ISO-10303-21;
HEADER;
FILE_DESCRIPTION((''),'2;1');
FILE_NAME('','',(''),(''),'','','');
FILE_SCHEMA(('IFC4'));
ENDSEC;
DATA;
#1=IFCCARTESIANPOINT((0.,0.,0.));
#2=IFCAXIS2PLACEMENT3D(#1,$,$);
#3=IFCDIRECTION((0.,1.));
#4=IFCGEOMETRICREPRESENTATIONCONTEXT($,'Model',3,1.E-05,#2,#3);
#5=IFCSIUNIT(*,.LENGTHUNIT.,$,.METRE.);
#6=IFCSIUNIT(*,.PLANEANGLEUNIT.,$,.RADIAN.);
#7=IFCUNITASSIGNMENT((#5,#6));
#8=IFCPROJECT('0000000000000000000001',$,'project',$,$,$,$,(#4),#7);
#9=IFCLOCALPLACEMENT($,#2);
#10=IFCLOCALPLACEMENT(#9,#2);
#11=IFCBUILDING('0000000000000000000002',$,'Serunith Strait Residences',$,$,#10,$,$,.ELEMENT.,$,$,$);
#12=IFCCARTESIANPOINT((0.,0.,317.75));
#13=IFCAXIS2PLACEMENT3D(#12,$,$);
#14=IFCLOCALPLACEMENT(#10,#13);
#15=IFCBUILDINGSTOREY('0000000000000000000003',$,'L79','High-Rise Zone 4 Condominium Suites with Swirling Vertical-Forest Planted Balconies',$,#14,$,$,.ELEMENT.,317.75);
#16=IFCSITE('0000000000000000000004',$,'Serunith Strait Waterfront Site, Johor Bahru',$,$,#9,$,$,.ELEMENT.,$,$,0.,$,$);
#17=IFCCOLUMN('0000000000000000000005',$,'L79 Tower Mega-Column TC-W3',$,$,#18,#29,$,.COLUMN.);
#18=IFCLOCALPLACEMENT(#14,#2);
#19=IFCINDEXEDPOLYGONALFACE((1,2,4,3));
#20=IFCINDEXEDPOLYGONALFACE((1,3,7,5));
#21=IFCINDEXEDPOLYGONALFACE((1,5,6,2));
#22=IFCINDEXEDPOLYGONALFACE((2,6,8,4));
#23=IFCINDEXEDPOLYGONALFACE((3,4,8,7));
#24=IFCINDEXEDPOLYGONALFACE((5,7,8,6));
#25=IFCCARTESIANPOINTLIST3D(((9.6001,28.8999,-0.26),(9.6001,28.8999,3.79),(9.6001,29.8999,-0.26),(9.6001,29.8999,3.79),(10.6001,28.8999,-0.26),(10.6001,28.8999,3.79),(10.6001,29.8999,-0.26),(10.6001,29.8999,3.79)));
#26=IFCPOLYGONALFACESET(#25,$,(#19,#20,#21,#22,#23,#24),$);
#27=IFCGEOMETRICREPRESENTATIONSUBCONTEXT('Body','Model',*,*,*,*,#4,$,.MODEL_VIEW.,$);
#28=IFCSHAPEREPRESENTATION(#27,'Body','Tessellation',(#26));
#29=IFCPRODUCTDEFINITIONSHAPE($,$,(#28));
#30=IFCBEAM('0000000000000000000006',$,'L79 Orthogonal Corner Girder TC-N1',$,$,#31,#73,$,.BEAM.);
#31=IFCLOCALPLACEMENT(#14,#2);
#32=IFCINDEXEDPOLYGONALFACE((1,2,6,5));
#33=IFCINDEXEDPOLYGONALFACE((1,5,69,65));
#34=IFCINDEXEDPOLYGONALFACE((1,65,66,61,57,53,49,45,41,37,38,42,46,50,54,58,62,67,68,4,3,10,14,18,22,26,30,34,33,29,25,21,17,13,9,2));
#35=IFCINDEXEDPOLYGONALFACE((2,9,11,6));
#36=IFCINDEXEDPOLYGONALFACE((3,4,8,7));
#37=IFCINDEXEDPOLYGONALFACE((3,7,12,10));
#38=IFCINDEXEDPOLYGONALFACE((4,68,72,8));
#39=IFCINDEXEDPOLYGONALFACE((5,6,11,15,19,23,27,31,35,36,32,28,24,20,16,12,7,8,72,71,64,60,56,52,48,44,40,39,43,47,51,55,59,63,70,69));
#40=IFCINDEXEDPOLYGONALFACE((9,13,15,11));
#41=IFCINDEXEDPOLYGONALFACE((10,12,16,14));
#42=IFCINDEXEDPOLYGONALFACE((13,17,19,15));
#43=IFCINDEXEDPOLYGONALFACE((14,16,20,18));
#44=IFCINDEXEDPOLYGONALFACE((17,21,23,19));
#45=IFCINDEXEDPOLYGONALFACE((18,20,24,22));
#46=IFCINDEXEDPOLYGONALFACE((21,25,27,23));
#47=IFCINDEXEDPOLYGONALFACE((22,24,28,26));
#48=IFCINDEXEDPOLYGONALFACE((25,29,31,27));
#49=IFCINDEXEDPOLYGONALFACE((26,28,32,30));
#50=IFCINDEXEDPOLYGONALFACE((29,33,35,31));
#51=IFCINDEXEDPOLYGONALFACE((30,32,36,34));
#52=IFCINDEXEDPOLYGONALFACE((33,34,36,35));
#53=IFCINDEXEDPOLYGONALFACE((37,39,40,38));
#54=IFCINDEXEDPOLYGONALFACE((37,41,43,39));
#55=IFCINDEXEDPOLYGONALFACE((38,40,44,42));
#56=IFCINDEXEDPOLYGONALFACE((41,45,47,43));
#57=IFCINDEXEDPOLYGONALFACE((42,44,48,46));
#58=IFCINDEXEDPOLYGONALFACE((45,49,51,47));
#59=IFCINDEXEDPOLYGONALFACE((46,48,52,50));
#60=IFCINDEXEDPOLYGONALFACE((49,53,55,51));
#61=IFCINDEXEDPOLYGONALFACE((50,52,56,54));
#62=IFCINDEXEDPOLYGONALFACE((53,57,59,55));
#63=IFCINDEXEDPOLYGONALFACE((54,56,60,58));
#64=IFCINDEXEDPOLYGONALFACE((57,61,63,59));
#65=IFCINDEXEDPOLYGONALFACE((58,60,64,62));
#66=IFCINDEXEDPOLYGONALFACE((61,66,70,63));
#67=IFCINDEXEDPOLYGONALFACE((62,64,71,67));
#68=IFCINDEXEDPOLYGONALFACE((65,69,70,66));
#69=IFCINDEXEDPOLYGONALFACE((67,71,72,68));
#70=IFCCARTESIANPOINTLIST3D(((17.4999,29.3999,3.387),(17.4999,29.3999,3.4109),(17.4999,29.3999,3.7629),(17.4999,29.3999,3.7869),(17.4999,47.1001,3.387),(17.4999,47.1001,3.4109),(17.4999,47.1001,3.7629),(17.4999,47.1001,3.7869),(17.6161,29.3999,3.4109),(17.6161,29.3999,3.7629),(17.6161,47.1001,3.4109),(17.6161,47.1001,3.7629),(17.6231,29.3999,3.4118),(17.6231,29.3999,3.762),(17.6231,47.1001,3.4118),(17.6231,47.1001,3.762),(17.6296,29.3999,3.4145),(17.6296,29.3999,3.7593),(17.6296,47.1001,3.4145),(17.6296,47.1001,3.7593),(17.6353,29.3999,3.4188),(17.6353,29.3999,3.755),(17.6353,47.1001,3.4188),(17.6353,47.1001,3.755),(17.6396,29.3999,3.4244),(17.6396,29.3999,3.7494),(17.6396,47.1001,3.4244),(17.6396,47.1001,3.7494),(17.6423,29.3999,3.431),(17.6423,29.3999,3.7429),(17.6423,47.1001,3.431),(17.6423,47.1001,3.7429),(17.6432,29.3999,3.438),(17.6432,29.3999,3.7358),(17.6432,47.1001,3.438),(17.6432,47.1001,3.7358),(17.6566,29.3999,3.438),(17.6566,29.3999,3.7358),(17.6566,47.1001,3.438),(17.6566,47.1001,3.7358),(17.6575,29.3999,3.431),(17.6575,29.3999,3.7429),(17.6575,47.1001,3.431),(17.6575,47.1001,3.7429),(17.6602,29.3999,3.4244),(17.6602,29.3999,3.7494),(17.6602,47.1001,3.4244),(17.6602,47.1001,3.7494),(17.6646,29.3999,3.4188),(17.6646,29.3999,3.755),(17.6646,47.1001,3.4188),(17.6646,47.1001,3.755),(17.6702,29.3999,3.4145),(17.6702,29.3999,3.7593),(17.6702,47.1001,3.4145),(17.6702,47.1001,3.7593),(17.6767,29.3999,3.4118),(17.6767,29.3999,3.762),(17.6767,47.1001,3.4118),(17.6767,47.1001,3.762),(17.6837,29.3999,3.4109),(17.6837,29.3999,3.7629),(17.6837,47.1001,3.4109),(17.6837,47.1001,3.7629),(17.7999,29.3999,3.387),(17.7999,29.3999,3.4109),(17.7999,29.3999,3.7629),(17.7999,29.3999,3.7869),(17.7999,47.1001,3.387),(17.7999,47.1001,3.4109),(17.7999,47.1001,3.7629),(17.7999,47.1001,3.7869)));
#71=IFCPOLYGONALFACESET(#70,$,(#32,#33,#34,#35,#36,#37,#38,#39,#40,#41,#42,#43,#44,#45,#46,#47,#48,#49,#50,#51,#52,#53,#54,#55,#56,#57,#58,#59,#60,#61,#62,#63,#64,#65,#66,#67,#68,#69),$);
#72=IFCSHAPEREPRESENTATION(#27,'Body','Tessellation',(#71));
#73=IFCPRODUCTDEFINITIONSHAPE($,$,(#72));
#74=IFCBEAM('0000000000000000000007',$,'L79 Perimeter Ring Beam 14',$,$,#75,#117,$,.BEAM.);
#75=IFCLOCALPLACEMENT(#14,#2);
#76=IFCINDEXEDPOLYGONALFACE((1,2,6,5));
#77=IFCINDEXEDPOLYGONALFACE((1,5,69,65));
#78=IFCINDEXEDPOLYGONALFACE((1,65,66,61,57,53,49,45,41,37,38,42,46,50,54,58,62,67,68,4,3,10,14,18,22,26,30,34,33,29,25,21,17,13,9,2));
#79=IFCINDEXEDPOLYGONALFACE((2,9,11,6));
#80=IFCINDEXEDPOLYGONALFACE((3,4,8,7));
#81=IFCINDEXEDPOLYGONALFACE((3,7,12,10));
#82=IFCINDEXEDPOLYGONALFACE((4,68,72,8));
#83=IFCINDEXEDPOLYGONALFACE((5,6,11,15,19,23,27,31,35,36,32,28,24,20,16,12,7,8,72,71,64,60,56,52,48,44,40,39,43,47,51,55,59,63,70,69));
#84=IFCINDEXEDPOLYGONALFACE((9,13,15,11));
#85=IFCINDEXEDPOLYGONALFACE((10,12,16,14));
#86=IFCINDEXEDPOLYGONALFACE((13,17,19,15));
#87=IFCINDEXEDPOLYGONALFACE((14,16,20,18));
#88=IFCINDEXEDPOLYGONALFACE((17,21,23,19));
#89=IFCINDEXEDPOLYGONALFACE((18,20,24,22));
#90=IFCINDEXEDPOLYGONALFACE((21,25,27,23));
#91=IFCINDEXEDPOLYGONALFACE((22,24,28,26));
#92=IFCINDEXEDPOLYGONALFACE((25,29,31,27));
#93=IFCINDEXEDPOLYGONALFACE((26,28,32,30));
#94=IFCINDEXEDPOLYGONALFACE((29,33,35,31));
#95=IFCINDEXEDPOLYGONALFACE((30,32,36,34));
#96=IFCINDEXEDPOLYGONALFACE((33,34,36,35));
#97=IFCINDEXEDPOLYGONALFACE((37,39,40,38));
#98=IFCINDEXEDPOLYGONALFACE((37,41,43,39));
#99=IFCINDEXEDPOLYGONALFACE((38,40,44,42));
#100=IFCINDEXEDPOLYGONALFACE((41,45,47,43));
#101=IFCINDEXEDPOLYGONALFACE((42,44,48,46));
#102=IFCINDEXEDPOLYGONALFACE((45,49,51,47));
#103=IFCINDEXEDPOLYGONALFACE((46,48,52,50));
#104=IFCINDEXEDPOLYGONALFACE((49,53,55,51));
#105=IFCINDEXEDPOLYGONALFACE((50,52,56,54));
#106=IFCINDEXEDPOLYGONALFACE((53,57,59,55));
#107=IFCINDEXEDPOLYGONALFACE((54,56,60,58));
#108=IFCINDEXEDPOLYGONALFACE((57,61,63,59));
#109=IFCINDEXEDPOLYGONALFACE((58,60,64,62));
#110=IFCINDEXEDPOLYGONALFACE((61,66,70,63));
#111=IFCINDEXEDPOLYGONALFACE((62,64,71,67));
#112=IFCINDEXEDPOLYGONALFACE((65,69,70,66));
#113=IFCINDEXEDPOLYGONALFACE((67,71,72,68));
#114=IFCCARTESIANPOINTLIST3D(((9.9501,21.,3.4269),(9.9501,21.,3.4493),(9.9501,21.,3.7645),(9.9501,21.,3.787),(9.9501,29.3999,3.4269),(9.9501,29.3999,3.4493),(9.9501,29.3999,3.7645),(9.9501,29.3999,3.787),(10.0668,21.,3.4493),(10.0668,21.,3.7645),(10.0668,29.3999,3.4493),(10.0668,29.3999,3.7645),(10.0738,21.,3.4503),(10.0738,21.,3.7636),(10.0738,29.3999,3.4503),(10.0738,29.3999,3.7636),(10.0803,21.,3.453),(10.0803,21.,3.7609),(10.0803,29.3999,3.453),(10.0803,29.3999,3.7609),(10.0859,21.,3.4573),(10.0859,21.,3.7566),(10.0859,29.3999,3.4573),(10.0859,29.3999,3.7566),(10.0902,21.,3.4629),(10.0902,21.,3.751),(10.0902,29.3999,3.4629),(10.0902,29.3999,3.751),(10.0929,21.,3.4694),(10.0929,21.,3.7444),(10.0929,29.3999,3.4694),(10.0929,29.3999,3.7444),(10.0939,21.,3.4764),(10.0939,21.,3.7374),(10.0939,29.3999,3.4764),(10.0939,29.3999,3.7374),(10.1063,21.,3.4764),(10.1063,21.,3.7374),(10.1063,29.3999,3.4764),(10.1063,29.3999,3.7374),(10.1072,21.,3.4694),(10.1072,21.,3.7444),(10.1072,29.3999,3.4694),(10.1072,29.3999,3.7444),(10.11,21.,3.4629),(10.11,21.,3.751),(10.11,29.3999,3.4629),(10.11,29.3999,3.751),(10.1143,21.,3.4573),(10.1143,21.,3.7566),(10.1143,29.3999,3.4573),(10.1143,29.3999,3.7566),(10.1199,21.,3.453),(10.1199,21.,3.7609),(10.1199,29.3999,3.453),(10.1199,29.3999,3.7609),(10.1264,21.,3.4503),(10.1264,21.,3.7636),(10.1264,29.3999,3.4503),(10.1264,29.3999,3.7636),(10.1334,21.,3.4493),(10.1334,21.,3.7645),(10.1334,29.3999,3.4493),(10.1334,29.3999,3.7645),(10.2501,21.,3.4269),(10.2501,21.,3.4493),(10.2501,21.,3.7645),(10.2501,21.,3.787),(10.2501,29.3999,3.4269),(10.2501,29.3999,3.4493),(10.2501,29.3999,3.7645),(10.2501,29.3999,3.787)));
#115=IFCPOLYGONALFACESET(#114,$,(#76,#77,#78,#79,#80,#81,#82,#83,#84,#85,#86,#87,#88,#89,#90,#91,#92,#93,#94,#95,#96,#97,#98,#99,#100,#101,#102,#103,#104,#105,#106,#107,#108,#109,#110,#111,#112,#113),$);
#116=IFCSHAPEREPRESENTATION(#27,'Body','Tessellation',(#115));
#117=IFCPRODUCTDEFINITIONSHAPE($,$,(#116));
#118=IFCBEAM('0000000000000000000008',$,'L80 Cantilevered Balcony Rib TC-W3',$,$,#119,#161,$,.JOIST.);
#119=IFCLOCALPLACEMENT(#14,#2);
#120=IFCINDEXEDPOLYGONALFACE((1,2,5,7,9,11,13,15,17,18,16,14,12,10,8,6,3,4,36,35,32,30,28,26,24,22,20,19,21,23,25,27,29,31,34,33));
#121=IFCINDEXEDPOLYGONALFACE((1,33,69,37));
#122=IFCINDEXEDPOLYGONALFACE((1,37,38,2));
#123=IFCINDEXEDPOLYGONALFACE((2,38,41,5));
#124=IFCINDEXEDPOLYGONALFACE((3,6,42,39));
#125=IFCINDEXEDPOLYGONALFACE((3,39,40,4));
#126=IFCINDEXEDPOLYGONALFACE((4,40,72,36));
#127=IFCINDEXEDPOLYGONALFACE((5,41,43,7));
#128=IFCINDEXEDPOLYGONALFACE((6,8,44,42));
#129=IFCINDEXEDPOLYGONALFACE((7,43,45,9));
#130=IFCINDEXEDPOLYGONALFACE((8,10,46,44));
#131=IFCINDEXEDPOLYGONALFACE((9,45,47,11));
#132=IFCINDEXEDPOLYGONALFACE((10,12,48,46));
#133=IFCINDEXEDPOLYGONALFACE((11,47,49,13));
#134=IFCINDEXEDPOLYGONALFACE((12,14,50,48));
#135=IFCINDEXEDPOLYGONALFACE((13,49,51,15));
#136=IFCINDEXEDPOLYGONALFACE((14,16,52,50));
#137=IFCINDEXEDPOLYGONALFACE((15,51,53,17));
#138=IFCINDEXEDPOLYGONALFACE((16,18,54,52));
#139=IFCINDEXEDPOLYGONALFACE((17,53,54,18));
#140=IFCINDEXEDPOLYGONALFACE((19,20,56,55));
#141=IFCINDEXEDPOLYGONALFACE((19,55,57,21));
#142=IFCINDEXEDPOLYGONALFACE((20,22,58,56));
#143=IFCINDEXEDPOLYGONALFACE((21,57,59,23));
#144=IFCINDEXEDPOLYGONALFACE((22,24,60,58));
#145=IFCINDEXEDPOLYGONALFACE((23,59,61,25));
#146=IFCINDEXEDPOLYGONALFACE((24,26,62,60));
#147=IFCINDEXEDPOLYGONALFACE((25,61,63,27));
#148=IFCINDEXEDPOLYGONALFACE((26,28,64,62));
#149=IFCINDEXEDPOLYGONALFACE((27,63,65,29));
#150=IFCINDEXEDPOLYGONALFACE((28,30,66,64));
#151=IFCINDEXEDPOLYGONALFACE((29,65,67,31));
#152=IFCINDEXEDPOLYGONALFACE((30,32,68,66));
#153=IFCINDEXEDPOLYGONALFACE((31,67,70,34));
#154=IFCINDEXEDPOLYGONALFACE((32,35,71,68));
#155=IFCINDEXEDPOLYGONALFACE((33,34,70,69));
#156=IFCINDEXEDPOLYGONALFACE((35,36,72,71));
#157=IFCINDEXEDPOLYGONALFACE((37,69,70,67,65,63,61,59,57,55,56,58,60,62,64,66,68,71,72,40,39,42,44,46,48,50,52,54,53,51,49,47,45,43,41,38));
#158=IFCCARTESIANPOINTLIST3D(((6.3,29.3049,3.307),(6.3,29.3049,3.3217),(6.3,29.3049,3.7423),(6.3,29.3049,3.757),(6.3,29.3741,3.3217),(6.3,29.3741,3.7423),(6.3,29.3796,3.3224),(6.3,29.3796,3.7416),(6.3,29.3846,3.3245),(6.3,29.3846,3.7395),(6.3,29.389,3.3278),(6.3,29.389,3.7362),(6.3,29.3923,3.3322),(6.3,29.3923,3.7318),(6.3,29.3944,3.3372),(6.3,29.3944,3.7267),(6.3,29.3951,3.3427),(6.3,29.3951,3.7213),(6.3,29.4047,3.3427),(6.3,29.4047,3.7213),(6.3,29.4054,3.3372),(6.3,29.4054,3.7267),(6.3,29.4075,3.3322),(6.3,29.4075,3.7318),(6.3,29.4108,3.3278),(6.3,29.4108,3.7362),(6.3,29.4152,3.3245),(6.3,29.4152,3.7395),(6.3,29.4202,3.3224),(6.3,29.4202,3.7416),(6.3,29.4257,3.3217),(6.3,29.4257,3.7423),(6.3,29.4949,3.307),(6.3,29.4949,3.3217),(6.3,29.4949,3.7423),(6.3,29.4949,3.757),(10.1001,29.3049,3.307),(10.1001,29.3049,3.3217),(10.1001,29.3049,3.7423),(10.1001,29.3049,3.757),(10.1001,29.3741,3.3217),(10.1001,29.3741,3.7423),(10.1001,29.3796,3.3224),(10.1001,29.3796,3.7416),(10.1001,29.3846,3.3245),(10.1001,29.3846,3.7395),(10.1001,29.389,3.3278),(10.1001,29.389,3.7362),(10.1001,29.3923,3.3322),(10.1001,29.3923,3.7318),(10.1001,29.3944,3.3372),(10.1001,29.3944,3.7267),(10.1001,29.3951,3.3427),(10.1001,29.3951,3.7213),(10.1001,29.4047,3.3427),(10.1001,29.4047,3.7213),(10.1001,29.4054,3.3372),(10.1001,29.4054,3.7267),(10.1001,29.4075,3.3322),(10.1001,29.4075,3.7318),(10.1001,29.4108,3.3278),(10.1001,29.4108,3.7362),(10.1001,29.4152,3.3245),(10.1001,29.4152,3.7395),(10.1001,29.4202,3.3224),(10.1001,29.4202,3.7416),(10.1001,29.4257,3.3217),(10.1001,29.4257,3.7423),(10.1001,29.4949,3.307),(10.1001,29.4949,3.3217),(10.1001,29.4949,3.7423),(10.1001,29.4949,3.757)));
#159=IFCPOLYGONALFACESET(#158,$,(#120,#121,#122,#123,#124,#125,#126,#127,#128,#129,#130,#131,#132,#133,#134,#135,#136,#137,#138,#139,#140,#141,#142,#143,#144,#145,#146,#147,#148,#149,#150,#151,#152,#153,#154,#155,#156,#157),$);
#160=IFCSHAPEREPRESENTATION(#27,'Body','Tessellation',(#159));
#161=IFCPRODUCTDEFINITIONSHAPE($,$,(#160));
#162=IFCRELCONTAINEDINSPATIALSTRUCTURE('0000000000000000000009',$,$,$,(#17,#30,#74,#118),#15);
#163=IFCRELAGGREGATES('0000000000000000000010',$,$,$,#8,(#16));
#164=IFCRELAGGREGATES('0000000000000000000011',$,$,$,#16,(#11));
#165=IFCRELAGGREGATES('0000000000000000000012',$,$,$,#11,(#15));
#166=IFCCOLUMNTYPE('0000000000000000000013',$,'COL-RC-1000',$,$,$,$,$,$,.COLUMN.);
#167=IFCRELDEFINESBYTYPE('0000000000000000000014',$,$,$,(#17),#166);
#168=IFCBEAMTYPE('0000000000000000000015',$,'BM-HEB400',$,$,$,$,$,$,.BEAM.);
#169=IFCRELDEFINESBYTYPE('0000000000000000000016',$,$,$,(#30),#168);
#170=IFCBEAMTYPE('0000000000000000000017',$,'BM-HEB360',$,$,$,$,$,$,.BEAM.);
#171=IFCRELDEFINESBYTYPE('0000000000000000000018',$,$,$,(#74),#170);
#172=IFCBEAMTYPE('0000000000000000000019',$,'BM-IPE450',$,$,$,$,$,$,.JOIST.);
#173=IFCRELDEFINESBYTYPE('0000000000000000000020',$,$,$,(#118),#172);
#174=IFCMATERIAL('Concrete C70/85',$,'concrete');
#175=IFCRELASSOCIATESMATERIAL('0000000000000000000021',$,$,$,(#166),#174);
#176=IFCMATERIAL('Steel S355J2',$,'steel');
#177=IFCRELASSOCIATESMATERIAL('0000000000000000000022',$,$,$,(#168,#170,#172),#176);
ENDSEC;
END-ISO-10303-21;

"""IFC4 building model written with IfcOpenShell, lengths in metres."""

from ifc_helpers import new_model, si_unit, direction, frame, origin, origin_2d, place, context, subcontext, project, spatial, rectangle, i_section, extrude, source, transform, mapped, material, material_profile, profile_set, type_object, element, save


model = new_model("IFC4")

# Units and contexts
model_context = context("Model", 3, precision=1e-05, world=origin(), true_north=direction((0.0, 1.0)))
body_context = subcontext(model_context, "Body", "Model", "MODEL_VIEW")
ifc_project = project(units=[si_unit("LENGTHUNIT", "METRE"), si_unit("PLANEANGLEUNIT", "RADIAN")], contexts=[model_context])

# Site, building, storey
site_placement = place(None, origin())
site = spatial("IfcSite", under=ifc_project, at=site_placement, Name="Serunith Strait Waterfront Site, Johor Bahru", CompositionType="ELEMENT", RefElevation=0.0)
building_placement = place(site_placement, origin())
building = spatial("IfcBuilding", under=site, at=building_placement, Name="Serunith Strait Residences", CompositionType="ELEMENT")
storey_placement = place(building_placement, frame((0.0, 0.0, 317.75)))
storey = spatial("IfcBuildingStorey", under=building, at=storey_placement, Name="L79", Description="High-Rise Zone 4 Condominium Suites with Swirling Vertical-Forest Planted Balconies", CompositionType="ELEMENT", Elevation=317.75)

# Column
ifc_material_1 = material(Name="Concrete C70/85", Category="concrete")
ifc_material_profile_1 = material_profile(ifc_material_1, rectangle(XDim=1.0, YDim=1.0, at=origin_2d()), Name="RC 1000x1000")
ifc_profile_set_1 = profile_set([ifc_material_profile_1], Name="Concrete C70/85")
column_type = type_object("IfcColumnType", Name="COL-RC-1000", PredefinedType="COLUMN", material=ifc_profile_set_1)
shared_shape_1 = source(origin(), body_context, "Body", "SweptSolid", [
    extrude(rectangle(XDim=1.0, YDim=1.0, at=origin_2d()), origin(), (0.0, 0.0, 1.0), 4.05),
])
column_placement = place(storey_placement, frame((10.1001, 29.3999, -0.26), z_axis=(0.0, 0.0, 1.0), x_axis=(1.0, 0.0, 0.0)))
element("IfcColumn", 1, at=column_placement, inside=storey, type_object=column_type, Name="L79 Tower Mega-Column TC-W3", PredefinedType="COLUMN", context=body_context, shape_type="MappedRepresentation", body=[
    mapped(shared_shape_1, transform((0.0, 0.0, 0.0), scale=1.0)),
])

# Beams
ifc_material_2 = material(Name="Steel S355J2", Category="steel")
ifc_material_profile_2 = material_profile(ifc_material_2, i_section(OverallWidth=0.3, OverallDepth=0.3999, WebThickness=0.0134, FlangeThickness=0.0239, FilletRadius=0.0271, at=origin_2d()), Name="HEB 400")
ifc_profile_set_2 = profile_set([ifc_material_profile_2], Name="Steel S355J2")
beam_type_1 = type_object("IfcBeamType", Name="BM-HEB400", PredefinedType="BEAM", material=ifc_profile_set_2)
shared_shape_2 = source(origin(), body_context, "Body", "SweptSolid", [
    extrude(i_section(OverallWidth=0.3, OverallDepth=0.3999, WebThickness=0.0134, FlangeThickness=0.0239, FilletRadius=0.0271, at=origin_2d()), origin(), (0.0, 0.0, 1.0), 17.7002),
])
beam_1_placement = place(storey_placement, frame((17.6499, 29.3999, 3.5869), z_axis=(0.0, 1.0, 0.0), x_axis=(-1.0, 0.0, 0.0)))
element("IfcBeam", 2, at=beam_1_placement, inside=storey, type_object=beam_type_1, Name="L79 Orthogonal Corner Girder TC-N1", PredefinedType="BEAM", context=body_context, shape_type="MappedRepresentation", body=[
    mapped(shared_shape_2, transform((0.0, 0.0, 0.0), scale=1.0)),
])
ifc_material_profile_3 = material_profile(ifc_material_2, i_section(OverallWidth=0.3, OverallDepth=0.3601, WebThickness=0.0125, FlangeThickness=0.0225, FilletRadius=0.0271, at=origin_2d()), Name="HEB 360")
ifc_profile_set_3 = profile_set([ifc_material_profile_3], Name="Steel S355J2")
beam_type_2 = type_object("IfcBeamType", Name="BM-HEB360", PredefinedType="BEAM", material=ifc_profile_set_3)
shared_shape_3 = source(origin(), body_context, "Body", "SweptSolid", [
    extrude(i_section(OverallWidth=0.3, OverallDepth=0.3601, WebThickness=0.0125, FlangeThickness=0.0225, FilletRadius=0.0271, at=origin_2d()), origin(), (0.0, 0.0, 1.0), 8.3999),
])
beam_2_placement = place(storey_placement, frame((10.1001, 29.3999, 3.6069), z_axis=(0.0, -1.0, 0.0), x_axis=(1.0, 0.0, 0.0)))
element("IfcBeam", 3, at=beam_2_placement, inside=storey, type_object=beam_type_2, Name="L79 Perimeter Ring Beam 14", PredefinedType="BEAM", context=body_context, shape_type="MappedRepresentation", body=[
    mapped(shared_shape_3, transform((0.0, 0.0, 0.0), scale=1.0)),
])
ifc_material_profile_4 = material_profile(ifc_material_2, i_section(OverallWidth=0.1899, OverallDepth=0.45, WebThickness=0.0095, FlangeThickness=0.0146, FilletRadius=0.021, at=origin_2d()), Name="IPE 450")
ifc_profile_set_4 = profile_set([ifc_material_profile_4], Name="Steel S355J2")
beam_type_3 = type_object("IfcBeamType", Name="BM-IPE450", PredefinedType="JOIST", material=ifc_profile_set_4)
shared_shape_4 = source(origin(), body_context, "Body", "SweptSolid", [
    extrude(i_section(OverallWidth=0.1899, OverallDepth=0.45, WebThickness=0.0095, FlangeThickness=0.0146, FilletRadius=0.021, at=origin_2d()), origin(), (0.0, 0.0, 1.0), 3.8),
])
beam_3_placement = place(storey_placement, frame((10.1001, 29.3999, 3.532), z_axis=(-1.0, 0.0, 0.0), x_axis=(0.0, -1.0, 0.0)))
element("IfcBeam", 4, at=beam_3_placement, inside=storey, type_object=beam_type_3, Name="L80 Cantilevered Balcony Rib TC-W3", PredefinedType="JOIST", context=body_context, shape_type="MappedRepresentation", body=[
    mapped(shared_shape_4, transform((0.0, 0.0, 0.0), scale=1.0)),
])

save(model, "model.ifc")
